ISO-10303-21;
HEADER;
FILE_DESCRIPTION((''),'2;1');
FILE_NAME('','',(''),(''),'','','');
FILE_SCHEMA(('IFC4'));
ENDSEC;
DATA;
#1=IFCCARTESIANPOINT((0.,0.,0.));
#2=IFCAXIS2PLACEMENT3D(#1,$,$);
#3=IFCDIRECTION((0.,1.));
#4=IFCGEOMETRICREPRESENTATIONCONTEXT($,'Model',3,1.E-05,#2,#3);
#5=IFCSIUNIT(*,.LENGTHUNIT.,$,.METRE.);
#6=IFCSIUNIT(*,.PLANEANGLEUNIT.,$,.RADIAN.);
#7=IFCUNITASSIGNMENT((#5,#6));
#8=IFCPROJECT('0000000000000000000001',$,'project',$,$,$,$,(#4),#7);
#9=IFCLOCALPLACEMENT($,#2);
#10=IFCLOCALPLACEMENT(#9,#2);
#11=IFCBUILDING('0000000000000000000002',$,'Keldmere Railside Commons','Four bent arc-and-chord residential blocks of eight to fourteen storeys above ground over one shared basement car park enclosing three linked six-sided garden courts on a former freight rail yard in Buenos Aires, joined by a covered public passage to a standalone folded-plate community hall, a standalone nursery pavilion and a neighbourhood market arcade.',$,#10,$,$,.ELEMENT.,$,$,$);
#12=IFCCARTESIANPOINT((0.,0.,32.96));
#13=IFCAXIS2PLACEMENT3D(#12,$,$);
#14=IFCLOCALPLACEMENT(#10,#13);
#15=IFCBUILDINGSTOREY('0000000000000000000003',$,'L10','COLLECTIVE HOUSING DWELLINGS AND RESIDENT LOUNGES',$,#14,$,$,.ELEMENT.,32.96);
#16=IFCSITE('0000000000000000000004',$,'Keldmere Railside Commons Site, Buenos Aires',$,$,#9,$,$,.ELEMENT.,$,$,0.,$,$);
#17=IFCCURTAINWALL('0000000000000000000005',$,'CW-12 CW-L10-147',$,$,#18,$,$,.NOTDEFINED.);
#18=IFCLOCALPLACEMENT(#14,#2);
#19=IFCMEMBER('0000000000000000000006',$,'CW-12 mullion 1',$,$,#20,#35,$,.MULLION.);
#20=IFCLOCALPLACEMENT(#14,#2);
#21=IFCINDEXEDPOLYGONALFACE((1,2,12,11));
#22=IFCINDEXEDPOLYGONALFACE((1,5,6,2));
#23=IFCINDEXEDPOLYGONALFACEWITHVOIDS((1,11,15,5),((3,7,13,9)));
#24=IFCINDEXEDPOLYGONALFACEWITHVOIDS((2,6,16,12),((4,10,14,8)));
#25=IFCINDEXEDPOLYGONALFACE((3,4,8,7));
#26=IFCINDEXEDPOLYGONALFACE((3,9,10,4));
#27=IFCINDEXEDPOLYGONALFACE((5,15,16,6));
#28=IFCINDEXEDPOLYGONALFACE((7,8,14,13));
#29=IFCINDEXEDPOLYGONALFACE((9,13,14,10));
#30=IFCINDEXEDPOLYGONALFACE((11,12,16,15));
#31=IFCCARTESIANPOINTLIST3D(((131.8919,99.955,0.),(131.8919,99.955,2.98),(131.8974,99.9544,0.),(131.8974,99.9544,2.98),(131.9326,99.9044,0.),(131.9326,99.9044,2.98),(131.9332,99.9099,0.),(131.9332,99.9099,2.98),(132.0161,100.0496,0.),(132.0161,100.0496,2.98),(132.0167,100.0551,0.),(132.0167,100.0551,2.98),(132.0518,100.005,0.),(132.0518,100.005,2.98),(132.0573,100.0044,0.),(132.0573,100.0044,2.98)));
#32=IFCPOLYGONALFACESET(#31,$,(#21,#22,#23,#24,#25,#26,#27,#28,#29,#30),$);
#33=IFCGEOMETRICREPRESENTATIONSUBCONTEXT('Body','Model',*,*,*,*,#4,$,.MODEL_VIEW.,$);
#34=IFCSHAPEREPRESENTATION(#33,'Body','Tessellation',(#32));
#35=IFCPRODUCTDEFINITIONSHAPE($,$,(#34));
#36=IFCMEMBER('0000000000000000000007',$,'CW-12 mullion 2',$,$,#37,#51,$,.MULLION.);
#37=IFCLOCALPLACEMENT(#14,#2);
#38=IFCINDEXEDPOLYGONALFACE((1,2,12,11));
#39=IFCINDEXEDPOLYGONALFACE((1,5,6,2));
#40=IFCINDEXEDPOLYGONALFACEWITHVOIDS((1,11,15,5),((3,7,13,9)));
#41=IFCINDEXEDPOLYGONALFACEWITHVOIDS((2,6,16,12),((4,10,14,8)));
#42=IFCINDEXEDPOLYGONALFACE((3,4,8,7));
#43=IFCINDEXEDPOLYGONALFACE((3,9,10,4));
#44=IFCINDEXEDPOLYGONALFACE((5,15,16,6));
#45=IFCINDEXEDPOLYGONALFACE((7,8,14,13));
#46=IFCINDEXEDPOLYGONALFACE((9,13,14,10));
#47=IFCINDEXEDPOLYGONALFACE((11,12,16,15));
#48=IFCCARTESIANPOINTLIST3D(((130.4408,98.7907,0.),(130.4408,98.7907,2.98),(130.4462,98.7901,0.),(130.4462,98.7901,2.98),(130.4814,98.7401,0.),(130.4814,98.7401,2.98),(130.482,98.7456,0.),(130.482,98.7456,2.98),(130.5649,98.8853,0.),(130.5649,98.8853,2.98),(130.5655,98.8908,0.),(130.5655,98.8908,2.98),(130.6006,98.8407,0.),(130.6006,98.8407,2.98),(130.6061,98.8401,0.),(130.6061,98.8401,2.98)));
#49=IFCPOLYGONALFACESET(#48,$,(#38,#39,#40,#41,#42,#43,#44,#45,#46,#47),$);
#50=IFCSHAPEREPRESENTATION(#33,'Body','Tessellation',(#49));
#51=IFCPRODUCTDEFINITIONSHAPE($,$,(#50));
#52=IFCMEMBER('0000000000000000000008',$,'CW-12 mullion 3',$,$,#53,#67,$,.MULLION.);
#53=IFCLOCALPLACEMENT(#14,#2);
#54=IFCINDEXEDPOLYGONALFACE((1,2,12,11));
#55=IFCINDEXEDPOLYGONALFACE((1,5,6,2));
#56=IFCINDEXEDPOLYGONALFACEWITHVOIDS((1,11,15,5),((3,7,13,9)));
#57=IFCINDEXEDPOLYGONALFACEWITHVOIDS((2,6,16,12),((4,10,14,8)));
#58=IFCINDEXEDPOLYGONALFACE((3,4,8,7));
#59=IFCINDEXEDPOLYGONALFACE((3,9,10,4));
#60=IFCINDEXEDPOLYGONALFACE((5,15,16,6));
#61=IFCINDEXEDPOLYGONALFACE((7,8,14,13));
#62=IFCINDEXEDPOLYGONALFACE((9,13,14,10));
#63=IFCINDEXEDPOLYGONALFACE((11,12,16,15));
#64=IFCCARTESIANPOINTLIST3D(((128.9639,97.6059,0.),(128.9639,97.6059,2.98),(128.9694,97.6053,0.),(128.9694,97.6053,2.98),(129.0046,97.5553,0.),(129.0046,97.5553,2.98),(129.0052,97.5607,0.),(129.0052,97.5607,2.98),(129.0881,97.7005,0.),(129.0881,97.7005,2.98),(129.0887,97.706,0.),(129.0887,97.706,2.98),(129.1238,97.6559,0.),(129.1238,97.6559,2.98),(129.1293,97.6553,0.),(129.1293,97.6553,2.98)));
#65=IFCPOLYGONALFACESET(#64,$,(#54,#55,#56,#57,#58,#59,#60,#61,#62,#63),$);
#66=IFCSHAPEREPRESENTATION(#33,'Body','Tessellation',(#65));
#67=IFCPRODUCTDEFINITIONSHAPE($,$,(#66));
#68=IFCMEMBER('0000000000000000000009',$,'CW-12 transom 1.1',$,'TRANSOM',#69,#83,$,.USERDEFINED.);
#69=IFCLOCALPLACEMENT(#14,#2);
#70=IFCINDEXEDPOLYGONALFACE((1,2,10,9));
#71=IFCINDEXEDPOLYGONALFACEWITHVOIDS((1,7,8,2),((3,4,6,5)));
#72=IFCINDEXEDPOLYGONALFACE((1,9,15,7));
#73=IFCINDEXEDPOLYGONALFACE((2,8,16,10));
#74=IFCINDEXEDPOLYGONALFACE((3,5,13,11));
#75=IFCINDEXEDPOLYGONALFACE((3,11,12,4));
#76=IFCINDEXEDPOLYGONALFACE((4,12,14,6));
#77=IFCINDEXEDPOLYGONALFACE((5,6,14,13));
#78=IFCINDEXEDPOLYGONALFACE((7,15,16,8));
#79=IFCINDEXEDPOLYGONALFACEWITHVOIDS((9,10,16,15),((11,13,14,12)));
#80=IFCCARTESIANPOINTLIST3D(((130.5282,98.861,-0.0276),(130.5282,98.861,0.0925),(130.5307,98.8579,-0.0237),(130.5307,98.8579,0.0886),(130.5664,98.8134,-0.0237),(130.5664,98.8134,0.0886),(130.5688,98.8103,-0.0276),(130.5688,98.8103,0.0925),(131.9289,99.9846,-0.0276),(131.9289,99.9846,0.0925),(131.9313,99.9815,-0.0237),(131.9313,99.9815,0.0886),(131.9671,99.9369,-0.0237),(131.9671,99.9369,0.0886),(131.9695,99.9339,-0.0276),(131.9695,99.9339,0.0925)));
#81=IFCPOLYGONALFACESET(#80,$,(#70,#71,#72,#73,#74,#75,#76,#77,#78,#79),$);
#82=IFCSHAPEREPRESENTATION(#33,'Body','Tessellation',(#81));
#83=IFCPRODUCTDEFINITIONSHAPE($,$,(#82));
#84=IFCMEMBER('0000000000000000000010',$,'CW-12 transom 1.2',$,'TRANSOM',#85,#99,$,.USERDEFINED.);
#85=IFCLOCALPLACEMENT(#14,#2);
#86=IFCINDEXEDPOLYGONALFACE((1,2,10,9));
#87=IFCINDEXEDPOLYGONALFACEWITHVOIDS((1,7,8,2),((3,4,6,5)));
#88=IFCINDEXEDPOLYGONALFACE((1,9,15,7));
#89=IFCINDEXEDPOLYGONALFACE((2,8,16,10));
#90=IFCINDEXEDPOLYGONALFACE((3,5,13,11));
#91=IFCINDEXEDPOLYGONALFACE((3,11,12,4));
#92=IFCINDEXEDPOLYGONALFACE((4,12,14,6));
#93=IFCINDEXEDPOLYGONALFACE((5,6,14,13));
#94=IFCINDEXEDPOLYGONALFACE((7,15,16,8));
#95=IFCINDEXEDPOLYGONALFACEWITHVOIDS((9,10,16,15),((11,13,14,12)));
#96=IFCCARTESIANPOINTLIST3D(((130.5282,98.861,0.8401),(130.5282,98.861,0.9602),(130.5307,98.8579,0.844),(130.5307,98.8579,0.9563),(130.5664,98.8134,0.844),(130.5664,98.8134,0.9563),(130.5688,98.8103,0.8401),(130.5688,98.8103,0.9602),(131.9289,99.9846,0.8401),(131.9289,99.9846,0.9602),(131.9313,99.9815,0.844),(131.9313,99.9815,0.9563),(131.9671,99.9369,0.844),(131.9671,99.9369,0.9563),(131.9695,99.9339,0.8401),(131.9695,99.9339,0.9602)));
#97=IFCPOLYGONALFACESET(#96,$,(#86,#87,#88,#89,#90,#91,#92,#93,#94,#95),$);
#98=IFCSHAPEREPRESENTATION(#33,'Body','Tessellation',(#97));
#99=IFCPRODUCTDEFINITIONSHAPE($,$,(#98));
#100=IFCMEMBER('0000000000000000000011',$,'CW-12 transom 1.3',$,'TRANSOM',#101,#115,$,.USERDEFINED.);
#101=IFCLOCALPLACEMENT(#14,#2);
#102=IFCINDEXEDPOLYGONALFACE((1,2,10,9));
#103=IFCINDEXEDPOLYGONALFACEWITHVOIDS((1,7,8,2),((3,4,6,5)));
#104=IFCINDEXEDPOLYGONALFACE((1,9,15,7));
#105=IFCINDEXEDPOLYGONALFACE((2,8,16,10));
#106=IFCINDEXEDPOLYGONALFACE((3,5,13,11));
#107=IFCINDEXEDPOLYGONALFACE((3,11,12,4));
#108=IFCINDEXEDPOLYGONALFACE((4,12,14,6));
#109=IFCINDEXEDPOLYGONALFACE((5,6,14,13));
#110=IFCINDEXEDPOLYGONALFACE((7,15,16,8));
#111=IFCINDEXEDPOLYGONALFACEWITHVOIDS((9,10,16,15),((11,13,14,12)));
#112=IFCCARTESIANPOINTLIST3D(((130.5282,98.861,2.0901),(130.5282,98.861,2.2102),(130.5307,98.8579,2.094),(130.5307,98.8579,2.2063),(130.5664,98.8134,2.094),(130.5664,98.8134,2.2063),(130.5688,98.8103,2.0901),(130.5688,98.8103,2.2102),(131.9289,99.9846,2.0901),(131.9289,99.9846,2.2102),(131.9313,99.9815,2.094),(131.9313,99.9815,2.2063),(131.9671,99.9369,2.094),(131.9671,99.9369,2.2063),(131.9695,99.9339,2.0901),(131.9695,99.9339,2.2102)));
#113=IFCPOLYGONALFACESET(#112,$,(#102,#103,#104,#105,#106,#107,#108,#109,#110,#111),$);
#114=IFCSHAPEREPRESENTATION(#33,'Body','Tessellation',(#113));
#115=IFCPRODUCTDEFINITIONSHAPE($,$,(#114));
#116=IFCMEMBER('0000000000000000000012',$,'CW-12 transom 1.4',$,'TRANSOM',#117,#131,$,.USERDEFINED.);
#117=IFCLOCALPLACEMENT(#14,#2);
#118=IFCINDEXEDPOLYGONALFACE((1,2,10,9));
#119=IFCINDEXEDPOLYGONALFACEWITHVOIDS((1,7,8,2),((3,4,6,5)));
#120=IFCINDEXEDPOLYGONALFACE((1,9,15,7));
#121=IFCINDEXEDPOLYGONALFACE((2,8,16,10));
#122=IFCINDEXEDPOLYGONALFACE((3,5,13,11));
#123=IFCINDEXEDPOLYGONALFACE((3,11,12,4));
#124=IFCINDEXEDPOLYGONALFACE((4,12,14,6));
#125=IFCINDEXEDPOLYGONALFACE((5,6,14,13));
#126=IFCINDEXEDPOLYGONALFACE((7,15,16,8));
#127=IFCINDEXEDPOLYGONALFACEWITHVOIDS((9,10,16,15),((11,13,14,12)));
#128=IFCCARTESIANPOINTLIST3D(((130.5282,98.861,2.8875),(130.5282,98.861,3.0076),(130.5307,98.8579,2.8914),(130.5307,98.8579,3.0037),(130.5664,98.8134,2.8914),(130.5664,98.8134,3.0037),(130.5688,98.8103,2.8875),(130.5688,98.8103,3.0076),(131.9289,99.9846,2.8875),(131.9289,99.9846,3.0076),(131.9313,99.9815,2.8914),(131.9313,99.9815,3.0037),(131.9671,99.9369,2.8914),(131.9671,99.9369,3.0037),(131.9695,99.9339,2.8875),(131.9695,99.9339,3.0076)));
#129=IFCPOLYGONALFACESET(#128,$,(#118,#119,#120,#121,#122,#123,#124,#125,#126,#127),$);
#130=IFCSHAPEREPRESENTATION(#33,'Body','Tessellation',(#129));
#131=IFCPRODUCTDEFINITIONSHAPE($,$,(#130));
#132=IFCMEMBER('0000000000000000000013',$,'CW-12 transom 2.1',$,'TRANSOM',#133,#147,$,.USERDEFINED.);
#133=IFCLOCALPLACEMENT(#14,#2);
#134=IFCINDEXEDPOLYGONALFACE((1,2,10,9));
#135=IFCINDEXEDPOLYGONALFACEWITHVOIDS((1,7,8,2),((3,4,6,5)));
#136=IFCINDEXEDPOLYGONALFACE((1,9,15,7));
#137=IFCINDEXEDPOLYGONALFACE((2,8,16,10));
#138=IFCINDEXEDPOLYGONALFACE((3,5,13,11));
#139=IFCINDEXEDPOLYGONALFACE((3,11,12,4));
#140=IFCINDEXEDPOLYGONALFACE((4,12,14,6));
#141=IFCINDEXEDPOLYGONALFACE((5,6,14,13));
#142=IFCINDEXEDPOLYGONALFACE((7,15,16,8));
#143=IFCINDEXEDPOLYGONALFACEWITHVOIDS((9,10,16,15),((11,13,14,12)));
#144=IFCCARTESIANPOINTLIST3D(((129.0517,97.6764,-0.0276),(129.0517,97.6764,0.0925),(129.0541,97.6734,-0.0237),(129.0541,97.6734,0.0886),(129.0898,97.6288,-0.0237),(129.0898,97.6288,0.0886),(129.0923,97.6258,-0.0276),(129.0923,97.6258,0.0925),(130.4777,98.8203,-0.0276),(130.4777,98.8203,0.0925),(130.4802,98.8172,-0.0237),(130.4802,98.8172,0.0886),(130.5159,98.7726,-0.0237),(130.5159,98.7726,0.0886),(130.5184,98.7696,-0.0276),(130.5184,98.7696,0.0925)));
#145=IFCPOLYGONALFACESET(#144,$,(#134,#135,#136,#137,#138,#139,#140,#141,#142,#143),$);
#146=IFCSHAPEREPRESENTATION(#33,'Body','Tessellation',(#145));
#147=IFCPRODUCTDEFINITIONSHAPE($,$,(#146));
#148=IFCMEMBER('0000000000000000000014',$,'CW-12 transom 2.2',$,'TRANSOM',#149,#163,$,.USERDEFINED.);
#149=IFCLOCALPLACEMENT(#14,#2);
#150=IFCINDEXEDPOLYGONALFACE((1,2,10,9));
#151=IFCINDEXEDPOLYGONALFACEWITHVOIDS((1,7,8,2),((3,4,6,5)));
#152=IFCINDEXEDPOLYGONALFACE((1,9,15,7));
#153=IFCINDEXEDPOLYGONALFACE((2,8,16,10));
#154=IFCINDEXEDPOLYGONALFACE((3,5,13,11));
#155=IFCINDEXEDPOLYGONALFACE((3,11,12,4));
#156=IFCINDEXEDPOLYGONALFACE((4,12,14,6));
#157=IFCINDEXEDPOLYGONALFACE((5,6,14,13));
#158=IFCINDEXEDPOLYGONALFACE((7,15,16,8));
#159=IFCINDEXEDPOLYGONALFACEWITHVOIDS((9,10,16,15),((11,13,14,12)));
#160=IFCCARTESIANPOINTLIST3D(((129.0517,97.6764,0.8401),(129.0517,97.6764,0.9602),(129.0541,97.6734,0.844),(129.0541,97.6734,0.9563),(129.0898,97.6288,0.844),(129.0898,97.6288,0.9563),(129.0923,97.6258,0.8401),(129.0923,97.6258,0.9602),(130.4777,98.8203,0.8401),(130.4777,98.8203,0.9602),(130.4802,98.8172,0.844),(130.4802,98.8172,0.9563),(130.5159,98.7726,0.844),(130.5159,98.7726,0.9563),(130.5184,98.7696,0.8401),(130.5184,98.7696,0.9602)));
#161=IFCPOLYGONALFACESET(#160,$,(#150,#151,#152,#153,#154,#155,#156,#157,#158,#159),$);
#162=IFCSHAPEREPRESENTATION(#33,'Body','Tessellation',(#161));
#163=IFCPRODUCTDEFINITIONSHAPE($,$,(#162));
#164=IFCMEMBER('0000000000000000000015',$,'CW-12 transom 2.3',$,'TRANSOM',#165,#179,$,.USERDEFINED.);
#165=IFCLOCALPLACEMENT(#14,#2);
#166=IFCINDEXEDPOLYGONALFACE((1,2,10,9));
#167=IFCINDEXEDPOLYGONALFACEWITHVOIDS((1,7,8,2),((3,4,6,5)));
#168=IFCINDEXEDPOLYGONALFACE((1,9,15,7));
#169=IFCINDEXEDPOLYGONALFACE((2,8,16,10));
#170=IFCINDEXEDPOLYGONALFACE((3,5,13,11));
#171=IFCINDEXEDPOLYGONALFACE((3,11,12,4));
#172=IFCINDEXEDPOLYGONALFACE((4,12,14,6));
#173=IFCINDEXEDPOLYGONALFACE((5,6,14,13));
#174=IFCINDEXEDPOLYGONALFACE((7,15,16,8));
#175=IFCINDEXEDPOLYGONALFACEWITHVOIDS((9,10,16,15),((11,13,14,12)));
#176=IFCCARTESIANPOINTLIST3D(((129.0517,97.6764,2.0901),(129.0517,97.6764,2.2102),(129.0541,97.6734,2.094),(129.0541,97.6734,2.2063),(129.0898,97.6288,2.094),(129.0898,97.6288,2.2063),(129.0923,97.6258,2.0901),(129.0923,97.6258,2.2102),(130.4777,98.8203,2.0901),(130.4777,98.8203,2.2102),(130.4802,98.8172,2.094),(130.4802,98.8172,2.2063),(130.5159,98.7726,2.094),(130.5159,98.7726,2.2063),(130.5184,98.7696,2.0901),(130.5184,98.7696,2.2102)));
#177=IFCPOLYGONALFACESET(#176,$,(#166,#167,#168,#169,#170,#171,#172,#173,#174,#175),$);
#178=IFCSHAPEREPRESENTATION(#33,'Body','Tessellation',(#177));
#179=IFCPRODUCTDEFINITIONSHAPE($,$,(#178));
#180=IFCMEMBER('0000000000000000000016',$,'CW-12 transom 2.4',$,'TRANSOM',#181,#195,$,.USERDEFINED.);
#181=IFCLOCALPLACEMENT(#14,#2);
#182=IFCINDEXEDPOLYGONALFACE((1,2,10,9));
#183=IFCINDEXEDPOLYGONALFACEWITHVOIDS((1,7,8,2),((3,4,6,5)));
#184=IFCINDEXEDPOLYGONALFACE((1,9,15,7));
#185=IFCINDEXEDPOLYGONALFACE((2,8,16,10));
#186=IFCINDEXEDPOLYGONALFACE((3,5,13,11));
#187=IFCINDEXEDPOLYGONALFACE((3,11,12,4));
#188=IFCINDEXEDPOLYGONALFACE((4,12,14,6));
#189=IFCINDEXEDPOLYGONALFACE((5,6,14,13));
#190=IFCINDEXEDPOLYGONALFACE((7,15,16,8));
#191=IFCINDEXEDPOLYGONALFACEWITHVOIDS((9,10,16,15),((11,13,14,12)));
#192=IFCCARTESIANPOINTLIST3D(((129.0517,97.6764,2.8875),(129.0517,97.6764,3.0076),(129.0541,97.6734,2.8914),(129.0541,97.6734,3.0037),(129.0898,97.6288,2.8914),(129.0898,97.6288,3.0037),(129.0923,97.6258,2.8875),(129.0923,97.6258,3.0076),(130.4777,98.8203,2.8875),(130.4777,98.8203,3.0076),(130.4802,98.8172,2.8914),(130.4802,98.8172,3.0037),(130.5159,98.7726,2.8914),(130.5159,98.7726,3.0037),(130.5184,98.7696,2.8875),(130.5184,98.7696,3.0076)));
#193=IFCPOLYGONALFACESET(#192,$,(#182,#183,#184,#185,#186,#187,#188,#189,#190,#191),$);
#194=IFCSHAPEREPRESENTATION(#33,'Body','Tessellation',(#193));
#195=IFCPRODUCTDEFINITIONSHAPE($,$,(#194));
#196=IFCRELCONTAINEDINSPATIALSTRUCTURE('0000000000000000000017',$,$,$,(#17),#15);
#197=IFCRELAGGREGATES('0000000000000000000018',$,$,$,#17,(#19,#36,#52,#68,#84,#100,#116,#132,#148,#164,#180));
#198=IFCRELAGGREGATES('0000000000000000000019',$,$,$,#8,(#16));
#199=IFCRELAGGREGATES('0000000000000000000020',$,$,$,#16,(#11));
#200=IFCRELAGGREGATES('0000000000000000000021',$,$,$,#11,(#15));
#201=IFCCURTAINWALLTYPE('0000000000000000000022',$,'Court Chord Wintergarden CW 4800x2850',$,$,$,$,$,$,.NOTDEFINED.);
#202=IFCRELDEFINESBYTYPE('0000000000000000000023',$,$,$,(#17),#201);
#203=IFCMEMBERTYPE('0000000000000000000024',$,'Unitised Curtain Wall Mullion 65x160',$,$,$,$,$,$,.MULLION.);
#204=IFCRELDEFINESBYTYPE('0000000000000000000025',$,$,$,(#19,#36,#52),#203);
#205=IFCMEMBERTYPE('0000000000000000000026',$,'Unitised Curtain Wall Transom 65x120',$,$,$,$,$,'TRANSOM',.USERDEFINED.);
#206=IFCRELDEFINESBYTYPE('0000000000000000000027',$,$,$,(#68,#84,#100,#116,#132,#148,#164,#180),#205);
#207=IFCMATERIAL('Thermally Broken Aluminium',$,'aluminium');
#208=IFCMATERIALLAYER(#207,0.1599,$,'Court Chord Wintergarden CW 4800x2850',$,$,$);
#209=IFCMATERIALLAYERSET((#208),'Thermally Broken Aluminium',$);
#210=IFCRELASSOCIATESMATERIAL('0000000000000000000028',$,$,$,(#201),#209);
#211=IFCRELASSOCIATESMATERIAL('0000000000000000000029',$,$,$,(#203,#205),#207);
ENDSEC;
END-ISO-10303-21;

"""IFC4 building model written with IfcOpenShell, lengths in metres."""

from ifc_helpers import new_model, si_unit, direction, frame, origin, origin_2d, place, context, subcontext, project, spatial, hollow_rectangle, extrude, material, layer, layer_set, material_profile, profile_set, type_object, element, aggregate, save


model = new_model("IFC4")

# Units and contexts
model_context = context("Model", 3, precision=1e-05, world=origin(), true_north=direction((0.0, 1.0)))
body_context = subcontext(model_context, "Body", "Model", "MODEL_VIEW")
ifc_project = project(units=[si_unit("LENGTHUNIT", "METRE"), si_unit("PLANEANGLEUNIT", "RADIAN")], contexts=[model_context])

# Site, building, storey
site_placement = place(None, origin())
site = spatial("IfcSite", under=ifc_project, at=site_placement, Name="Keldmere Railside Commons Site, Buenos Aires", CompositionType="ELEMENT", RefElevation=0.0)
building_placement = place(site_placement, origin())
building = spatial("IfcBuilding", under=site, at=building_placement, Name="Keldmere Railside Commons", Description="Four bent arc-and-chord residential blocks of eight to fourteen storeys above ground over one shared basement car park enclosing three linked six-sided garden courts on a former freight rail yard in Buenos Aires, joined by a covered public passage to a standalone folded-plate community hall, a standalone nursery pavilion and a neighbourhood market arcade.", CompositionType="ELEMENT")
storey_placement = place(building_placement, frame((0.0, 0.0, 32.96)))
storey = spatial("IfcBuildingStorey", under=building, at=storey_placement, Name="L10", Description="COLLECTIVE HOUSING DWELLINGS AND RESIDENT LOUNGES", CompositionType="ELEMENT", Elevation=32.96)

# Curtain wall, members
ifc_material_1 = material(Name="Thermally Broken Aluminium", Category="aluminium")
ifc_layer_1 = layer(ifc_material_1, 0.1599, Name="Court Chord Wintergarden CW 4800x2850")
ifc_layer_set_1 = layer_set([ifc_layer_1], Name="Thermally Broken Aluminium")
curtain_wall_type = type_object("IfcCurtainWallType", Name="Court Chord Wintergarden CW 4800x2850", PredefinedType="NOTDEFINED", material=ifc_layer_set_1)
curtain_wall_placement = place(storey_placement, origin())
curtain_wall = element("IfcCurtainWall", 1, at=curtain_wall_placement, inside=storey, type_object=curtain_wall_type, Name="CW-12 CW-L10-147", PredefinedType="NOTDEFINED")
ifc_material_profile_1 = material_profile(ifc_material_1, hollow_rectangle(XDim=0.0649, YDim=0.1599, WallThickness=0.0039, at=origin_2d()), Name="ALU-MULL-65x160")
ifc_profile_set_1 = profile_set([ifc_material_profile_1], Name="Thermally Broken Aluminium")
member_type_1 = type_object("IfcMemberType", Name="Unitised Curtain Wall Mullion 65x160", PredefinedType="MULLION", material=ifc_profile_set_1)
member_1_placement = place(storey_placement, frame((131.9746, 99.9797, 0.0), z_axis=(0.0, 0.0, 1.0), x_axis=(0.625768, -0.780009, 0.0)))
member_1 = element("IfcMember", 2, at=member_1_placement, type_object=member_type_1, Name="CW-12 mullion 1", PredefinedType="MULLION", context=body_context, shape_type="SweptSolid", body=[
    extrude(hollow_rectangle(XDim=0.0649, YDim=0.1599, WallThickness=0.0039, at=origin_2d()), origin(), (0.0, 0.0, 1.0), 2.98),
])
member_2_placement = place(storey_placement, frame((130.5234, 98.8154, 0.0), z_axis=(0.0, 0.0, 1.0), x_axis=(0.625768, -0.780009, 0.0)))
member_2 = element("IfcMember", 3, at=member_2_placement, type_object=member_type_1, Name="CW-12 mullion 2", PredefinedType="MULLION", context=body_context, shape_type="SweptSolid", body=[
    extrude(hollow_rectangle(XDim=0.0649, YDim=0.1599, WallThickness=0.0039, at=origin_2d()), origin(), (0.0, 0.0, 1.0), 2.98),
])
member_3_placement = place(storey_placement, frame((129.0466, 97.6306, 0.0), z_axis=(0.0, 0.0, 1.0), x_axis=(0.625768, -0.780009, 0.0)))
member_3 = element("IfcMember", 4, at=member_3_placement, type_object=member_type_1, Name="CW-12 mullion 3", PredefinedType="MULLION", context=body_context, shape_type="SweptSolid", body=[
    extrude(hollow_rectangle(XDim=0.0649, YDim=0.1599, WallThickness=0.0039, at=origin_2d()), origin(), (0.0, 0.0, 1.0), 2.98),
])
ifc_material_profile_2 = material_profile(ifc_material_1, hollow_rectangle(XDim=0.0649, YDim=0.1201, WallThickness=0.0039, at=origin_2d()), Name="ALU-TRAN-65x120")
ifc_profile_set_2 = profile_set([ifc_material_profile_2], Name="Thermally Broken Aluminium")
member_type_2 = type_object("IfcMemberType", Name="Unitised Curtain Wall Transom 65x120", ElementType="TRANSOM", PredefinedType="USERDEFINED", material=ifc_profile_set_2)
member_4_placement = place(storey_placement, frame((131.9492, 99.9592, 0.0325), z_axis=(-0.780046, -0.625723, 0.0), x_axis=(0.625723, -0.780046, 0.0)))
member_4 = element("IfcMember", 5, at=member_4_placement, type_object=member_type_2, Name="CW-12 transom 1.1", ObjectType="TRANSOM", PredefinedType="USERDEFINED", context=body_context, shape_type="SweptSolid", body=[
    extrude(hollow_rectangle(XDim=0.0649, YDim=0.1201, WallThickness=0.0039, at=origin_2d()), origin(), (0.0, 0.0, 1.0), 1.7957),
])
member_5_placement = place(storey_placement, frame((131.9492, 99.9592, 0.9001), z_axis=(-0.780046, -0.625723, 0.0), x_axis=(0.625723, -0.780046, 0.0)))
member_5 = element("IfcMember", 6, at=member_5_placement, type_object=member_type_2, Name="CW-12 transom 1.2", ObjectType="TRANSOM", PredefinedType="USERDEFINED", context=body_context, shape_type="SweptSolid", body=[
    extrude(hollow_rectangle(XDim=0.0649, YDim=0.1201, WallThickness=0.0039, at=origin_2d()), origin(), (0.0, 0.0, 1.0), 1.7957),
])
member_6_placement = place(storey_placement, frame((131.9492, 99.9592, 2.1501), z_axis=(-0.780046, -0.625723, 0.0), x_axis=(0.625723, -0.780046, 0.0)))
member_6 = element("IfcMember", 7, at=member_6_placement, type_object=member_type_2, Name="CW-12 transom 1.3", ObjectType="TRANSOM", PredefinedType="USERDEFINED", context=body_context, shape_type="SweptSolid", body=[
    extrude(hollow_rectangle(XDim=0.0649, YDim=0.1201, WallThickness=0.0039, at=origin_2d()), origin(), (0.0, 0.0, 1.0), 1.7957),
])
member_7_placement = place(storey_placement, frame((131.9492, 99.9592, 2.9475), z_axis=(-0.780046, -0.625723, 0.0), x_axis=(0.625723, -0.780046, 0.0)))
member_7 = element("IfcMember", 8, at=member_7_placement, type_object=member_type_2, Name="CW-12 transom 1.4", ObjectType="TRANSOM", PredefinedType="USERDEFINED", context=body_context, shape_type="SweptSolid", body=[
    extrude(hollow_rectangle(XDim=0.0649, YDim=0.1201, WallThickness=0.0039, at=origin_2d()), origin(), (0.0, 0.0, 1.0), 1.7957),
])
member_8_placement = place(storey_placement, frame((130.498, 98.7949, 0.0325), z_axis=(-0.780073, -0.625688, 0.0), x_axis=(0.625688, -0.780073, 0.0)))
member_8 = element("IfcMember", 9, at=member_8_placement, type_object=member_type_2, Name="CW-12 transom 2.1", ObjectType="TRANSOM", PredefinedType="USERDEFINED", context=body_context, shape_type="SweptSolid", body=[
    extrude(hollow_rectangle(XDim=0.0649, YDim=0.1201, WallThickness=0.0039, at=origin_2d()), origin(), (0.0, 0.0, 1.0), 1.8281),
])
member_9_placement = place(storey_placement, frame((130.498, 98.7949, 0.9001), z_axis=(-0.780073, -0.625688, 0.0), x_axis=(0.625688, -0.780073, 0.0)))
member_9 = element("IfcMember", 10, at=member_9_placement, type_object=member_type_2, Name="CW-12 transom 2.2", ObjectType="TRANSOM", PredefinedType="USERDEFINED", context=body_context, shape_type="SweptSolid", body=[
    extrude(hollow_rectangle(XDim=0.0649, YDim=0.1201, WallThickness=0.0039, at=origin_2d()), origin(), (0.0, 0.0, 1.0), 1.8281),
])
member_10_placement = place(storey_placement, frame((130.498, 98.7949, 2.1501), z_axis=(-0.780073, -0.625688, 0.0), x_axis=(0.625688, -0.780073, 0.0)))
member_10 = element("IfcMember", 11, at=member_10_placement, type_object=member_type_2, Name="CW-12 transom 2.3", ObjectType="TRANSOM", PredefinedType="USERDEFINED", context=body_context, shape_type="SweptSolid", body=[
    extrude(hollow_rectangle(XDim=0.0649, YDim=0.1201, WallThickness=0.0039, at=origin_2d()), origin(), (0.0, 0.0, 1.0), 1.8281),
])
member_11_placement = place(storey_placement, frame((130.498, 98.7949, 2.9475), z_axis=(-0.780073, -0.625688, 0.0), x_axis=(0.625688, -0.780073, 0.0)))
member_11 = element("IfcMember", 12, at=member_11_placement, type_object=member_type_2, Name="CW-12 transom 2.4", ObjectType="TRANSOM", PredefinedType="USERDEFINED", context=body_context, shape_type="SweptSolid", body=[
    extrude(hollow_rectangle(XDim=0.0649, YDim=0.1201, WallThickness=0.0039, at=origin_2d()), origin(), (0.0, 0.0, 1.0), 1.8281),
])
aggregate(curtain_wall, [member_1, member_2, member_3, member_4, member_5, member_6, member_7, member_8, member_9, member_10, member_11])

save(model, "model.ifc")
